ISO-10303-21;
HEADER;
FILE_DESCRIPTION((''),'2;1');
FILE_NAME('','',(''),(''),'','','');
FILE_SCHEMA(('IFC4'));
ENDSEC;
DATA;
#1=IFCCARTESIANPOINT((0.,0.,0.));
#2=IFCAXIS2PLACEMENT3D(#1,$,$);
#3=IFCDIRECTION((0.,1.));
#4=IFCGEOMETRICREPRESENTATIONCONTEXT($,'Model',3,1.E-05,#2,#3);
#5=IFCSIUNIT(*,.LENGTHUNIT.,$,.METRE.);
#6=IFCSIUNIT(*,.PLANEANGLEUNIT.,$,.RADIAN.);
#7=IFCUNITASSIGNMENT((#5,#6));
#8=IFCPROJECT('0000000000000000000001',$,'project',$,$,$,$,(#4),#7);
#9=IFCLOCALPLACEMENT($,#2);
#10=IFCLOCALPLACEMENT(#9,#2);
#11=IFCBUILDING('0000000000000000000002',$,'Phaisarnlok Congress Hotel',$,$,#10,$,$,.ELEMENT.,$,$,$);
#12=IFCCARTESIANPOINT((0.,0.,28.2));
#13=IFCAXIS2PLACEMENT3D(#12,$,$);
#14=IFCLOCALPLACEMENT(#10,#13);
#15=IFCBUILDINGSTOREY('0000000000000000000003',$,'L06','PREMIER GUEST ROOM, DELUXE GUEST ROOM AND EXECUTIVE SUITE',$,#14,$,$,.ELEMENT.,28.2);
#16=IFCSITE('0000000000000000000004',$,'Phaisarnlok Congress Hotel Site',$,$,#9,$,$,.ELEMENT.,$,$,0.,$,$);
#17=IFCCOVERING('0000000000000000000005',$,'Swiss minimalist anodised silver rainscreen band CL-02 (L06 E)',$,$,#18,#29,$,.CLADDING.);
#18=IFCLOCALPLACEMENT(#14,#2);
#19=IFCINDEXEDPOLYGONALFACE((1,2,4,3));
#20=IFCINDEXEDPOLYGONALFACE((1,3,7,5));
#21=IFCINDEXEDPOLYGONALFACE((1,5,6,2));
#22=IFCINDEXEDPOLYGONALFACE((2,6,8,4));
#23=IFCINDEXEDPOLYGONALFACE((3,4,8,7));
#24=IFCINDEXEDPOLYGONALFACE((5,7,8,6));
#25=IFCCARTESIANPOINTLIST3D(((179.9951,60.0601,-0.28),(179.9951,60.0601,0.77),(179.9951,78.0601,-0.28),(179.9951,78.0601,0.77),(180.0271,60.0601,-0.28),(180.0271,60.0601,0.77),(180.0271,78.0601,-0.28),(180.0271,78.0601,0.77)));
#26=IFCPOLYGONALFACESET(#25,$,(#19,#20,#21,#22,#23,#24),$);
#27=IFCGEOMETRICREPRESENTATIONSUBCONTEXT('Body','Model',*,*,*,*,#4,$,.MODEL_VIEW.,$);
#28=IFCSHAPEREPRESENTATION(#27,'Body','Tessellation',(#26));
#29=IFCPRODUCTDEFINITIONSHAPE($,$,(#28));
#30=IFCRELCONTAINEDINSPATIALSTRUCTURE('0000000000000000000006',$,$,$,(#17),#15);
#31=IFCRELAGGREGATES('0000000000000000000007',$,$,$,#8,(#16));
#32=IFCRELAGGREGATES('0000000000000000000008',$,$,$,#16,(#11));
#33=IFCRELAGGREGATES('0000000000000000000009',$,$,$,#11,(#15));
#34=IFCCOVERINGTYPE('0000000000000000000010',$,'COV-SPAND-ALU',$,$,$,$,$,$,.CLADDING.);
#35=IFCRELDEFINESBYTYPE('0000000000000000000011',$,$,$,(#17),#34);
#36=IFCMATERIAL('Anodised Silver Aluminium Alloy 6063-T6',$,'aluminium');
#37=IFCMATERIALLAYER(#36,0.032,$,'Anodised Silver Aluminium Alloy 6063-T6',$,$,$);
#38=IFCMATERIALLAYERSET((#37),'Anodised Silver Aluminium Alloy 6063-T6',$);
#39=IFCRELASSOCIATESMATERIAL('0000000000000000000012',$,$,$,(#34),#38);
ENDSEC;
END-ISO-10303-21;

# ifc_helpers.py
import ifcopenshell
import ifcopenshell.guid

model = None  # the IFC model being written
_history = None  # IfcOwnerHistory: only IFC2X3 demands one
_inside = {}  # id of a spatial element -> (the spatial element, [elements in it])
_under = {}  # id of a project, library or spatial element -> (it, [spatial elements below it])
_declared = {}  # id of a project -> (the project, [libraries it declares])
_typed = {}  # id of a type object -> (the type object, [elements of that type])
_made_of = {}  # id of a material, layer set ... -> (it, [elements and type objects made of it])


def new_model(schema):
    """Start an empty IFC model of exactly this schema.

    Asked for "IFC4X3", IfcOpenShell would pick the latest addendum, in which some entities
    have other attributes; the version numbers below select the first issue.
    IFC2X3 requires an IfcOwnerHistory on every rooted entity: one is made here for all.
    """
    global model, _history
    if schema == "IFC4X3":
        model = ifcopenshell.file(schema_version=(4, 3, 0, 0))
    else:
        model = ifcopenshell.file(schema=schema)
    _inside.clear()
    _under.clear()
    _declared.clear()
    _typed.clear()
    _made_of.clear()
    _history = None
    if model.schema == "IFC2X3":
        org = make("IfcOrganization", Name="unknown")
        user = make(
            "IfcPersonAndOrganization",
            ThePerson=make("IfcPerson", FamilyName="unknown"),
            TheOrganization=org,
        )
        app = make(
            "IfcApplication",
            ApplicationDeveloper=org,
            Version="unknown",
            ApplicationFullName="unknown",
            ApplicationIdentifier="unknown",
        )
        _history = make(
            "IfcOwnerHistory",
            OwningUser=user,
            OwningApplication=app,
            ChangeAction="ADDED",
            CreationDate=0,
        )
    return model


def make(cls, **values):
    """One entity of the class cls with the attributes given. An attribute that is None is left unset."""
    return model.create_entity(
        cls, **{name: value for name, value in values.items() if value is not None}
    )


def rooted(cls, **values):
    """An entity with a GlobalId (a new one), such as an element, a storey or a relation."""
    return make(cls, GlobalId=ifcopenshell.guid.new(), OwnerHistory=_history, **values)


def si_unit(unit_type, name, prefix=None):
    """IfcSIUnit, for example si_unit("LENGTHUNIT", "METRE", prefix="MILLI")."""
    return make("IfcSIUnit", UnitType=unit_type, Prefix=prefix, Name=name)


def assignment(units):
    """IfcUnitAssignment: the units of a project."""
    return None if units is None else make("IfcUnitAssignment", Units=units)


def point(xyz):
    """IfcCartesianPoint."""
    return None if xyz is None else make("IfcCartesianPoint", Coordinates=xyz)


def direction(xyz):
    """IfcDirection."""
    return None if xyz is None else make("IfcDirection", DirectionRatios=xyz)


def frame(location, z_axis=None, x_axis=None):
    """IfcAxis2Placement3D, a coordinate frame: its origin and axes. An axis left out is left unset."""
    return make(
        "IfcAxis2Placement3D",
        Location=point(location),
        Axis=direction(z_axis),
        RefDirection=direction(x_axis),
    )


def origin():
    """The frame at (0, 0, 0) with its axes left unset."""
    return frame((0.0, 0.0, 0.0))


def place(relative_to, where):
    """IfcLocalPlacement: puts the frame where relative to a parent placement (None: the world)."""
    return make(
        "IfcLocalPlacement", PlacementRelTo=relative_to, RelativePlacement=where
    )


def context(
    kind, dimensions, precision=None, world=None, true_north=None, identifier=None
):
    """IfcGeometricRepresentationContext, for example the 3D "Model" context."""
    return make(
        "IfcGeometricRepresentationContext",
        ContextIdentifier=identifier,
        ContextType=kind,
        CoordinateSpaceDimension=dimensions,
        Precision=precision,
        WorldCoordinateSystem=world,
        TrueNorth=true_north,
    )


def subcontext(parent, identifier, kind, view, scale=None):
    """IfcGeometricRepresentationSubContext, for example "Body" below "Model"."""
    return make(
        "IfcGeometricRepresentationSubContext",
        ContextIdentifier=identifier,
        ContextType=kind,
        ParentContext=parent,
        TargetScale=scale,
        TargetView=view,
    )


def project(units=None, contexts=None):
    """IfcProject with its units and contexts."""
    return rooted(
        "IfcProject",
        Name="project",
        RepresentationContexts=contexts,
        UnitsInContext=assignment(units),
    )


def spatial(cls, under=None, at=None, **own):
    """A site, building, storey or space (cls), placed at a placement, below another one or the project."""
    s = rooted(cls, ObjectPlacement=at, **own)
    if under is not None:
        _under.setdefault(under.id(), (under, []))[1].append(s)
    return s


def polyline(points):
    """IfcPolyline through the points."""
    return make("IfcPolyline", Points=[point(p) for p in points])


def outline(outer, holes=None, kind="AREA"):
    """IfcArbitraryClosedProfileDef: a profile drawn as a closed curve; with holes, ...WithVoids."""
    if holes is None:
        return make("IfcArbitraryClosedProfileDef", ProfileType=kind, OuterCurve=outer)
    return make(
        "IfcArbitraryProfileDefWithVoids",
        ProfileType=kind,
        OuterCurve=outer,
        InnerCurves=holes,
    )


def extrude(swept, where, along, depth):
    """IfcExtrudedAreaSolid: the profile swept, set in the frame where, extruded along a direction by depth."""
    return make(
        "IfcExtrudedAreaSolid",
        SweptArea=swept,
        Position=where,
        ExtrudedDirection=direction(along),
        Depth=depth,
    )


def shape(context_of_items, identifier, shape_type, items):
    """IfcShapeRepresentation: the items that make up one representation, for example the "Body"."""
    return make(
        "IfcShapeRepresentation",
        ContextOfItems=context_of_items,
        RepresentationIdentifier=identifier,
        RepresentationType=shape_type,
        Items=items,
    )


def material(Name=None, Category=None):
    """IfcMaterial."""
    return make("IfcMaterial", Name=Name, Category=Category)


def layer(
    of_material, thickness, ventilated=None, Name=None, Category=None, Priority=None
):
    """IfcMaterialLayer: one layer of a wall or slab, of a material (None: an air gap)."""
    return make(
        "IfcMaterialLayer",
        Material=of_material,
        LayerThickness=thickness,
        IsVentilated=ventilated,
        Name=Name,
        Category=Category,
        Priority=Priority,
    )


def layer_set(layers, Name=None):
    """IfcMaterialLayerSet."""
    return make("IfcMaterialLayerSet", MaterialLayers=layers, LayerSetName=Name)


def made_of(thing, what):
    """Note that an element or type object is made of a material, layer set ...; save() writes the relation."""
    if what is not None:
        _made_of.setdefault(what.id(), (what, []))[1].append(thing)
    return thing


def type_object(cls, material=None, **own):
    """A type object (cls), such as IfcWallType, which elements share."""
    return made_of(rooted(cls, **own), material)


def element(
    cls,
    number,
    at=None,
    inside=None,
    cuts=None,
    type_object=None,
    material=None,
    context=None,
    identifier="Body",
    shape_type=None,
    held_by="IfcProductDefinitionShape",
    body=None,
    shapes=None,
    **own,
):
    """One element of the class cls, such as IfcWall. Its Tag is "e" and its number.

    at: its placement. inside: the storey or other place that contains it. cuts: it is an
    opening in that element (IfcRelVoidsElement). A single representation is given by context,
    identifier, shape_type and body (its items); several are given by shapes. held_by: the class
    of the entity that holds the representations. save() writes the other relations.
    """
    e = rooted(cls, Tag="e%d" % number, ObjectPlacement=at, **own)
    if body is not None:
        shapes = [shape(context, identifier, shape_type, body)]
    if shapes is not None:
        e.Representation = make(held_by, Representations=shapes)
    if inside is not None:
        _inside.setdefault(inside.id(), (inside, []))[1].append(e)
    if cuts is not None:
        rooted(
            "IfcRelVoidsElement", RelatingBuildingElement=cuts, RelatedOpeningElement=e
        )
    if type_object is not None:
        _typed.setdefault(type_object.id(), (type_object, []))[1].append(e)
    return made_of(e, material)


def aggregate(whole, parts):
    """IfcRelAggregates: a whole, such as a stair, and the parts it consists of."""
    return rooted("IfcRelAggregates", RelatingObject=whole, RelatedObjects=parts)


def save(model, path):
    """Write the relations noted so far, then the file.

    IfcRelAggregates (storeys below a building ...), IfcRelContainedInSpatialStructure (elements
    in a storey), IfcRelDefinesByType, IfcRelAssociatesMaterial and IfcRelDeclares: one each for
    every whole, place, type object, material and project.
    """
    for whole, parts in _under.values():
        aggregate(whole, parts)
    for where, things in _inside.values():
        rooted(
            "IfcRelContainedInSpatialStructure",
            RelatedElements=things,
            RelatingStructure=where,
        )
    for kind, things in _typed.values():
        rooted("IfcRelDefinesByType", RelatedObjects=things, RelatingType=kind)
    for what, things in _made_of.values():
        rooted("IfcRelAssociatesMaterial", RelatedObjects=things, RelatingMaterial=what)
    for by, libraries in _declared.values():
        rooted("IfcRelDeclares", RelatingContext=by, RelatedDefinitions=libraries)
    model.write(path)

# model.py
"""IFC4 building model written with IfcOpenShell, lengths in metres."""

from ifc_helpers import new_model, si_unit, direction, frame, origin, place, context, subcontext, project, spatial, polyline, outline, extrude, material, layer, layer_set, type_object, element, save


model = new_model("IFC4")

# Units and contexts
model_context = context("Model", 3, precision=1e-05, world=origin(), true_north=direction((0.0, 1.0)))
body_context = subcontext(model_context, "Body", "Model", "MODEL_VIEW")
ifc_project = project(units=[si_unit("LENGTHUNIT", "METRE"), si_unit("PLANEANGLEUNIT", "RADIAN")], contexts=[model_context])

# Site, building, storey
site_placement = place(None, origin())
site = spatial("IfcSite", under=ifc_project, at=site_placement, Name="Phaisarnlok Congress Hotel Site", CompositionType="ELEMENT", RefElevation=0.0)
building_placement = place(site_placement, origin())
building = spatial("IfcBuilding", under=site, at=building_placement, Name="Phaisarnlok Congress Hotel", CompositionType="ELEMENT")
storey_placement = place(building_placement, frame((0.0, 0.0, 28.2)))
storey = spatial("IfcBuildingStorey", under=building, at=storey_placement, Name="L06", Description="PREMIER GUEST ROOM, DELUXE GUEST ROOM AND EXECUTIVE SUITE", CompositionType="ELEMENT", Elevation=28.2)

# Covering
ifc_material_1 = material(Name="Anodised Silver Aluminium Alloy 6063-T6", Category="aluminium")
ifc_layer_1 = layer(ifc_material_1, 0.032, Name="Anodised Silver Aluminium Alloy 6063-T6")
ifc_layer_set_1 = layer_set([ifc_layer_1], Name="Anodised Silver Aluminium Alloy 6063-T6")
covering_type = type_object("IfcCoveringType", Name="COV-SPAND-ALU", PredefinedType="CLADDING", material=ifc_layer_set_1)
covering_placement = place(storey_placement, frame((179.9951, 60.0601, -0.28), z_axis=(1.0, 0.0, 0.0), x_axis=(0.0, 1.0, 0.0)))
element("IfcCovering", 1, at=covering_placement, inside=storey, type_object=covering_type, Name="Swiss minimalist anodised silver rainscreen band CL-02 (L06 E)", PredefinedType="CLADDING", context=body_context, shape_type="SweptSolid", body=[
    extrude(outline(polyline([(0.0, 0.0), (18.0, 0.0), (18.0, 1.05), (0.0, 1.05), (0.0, 0.0)])), origin(), (0.0, 0.0, 1.0), 0.032),
])

save(model, "model.ifc")
